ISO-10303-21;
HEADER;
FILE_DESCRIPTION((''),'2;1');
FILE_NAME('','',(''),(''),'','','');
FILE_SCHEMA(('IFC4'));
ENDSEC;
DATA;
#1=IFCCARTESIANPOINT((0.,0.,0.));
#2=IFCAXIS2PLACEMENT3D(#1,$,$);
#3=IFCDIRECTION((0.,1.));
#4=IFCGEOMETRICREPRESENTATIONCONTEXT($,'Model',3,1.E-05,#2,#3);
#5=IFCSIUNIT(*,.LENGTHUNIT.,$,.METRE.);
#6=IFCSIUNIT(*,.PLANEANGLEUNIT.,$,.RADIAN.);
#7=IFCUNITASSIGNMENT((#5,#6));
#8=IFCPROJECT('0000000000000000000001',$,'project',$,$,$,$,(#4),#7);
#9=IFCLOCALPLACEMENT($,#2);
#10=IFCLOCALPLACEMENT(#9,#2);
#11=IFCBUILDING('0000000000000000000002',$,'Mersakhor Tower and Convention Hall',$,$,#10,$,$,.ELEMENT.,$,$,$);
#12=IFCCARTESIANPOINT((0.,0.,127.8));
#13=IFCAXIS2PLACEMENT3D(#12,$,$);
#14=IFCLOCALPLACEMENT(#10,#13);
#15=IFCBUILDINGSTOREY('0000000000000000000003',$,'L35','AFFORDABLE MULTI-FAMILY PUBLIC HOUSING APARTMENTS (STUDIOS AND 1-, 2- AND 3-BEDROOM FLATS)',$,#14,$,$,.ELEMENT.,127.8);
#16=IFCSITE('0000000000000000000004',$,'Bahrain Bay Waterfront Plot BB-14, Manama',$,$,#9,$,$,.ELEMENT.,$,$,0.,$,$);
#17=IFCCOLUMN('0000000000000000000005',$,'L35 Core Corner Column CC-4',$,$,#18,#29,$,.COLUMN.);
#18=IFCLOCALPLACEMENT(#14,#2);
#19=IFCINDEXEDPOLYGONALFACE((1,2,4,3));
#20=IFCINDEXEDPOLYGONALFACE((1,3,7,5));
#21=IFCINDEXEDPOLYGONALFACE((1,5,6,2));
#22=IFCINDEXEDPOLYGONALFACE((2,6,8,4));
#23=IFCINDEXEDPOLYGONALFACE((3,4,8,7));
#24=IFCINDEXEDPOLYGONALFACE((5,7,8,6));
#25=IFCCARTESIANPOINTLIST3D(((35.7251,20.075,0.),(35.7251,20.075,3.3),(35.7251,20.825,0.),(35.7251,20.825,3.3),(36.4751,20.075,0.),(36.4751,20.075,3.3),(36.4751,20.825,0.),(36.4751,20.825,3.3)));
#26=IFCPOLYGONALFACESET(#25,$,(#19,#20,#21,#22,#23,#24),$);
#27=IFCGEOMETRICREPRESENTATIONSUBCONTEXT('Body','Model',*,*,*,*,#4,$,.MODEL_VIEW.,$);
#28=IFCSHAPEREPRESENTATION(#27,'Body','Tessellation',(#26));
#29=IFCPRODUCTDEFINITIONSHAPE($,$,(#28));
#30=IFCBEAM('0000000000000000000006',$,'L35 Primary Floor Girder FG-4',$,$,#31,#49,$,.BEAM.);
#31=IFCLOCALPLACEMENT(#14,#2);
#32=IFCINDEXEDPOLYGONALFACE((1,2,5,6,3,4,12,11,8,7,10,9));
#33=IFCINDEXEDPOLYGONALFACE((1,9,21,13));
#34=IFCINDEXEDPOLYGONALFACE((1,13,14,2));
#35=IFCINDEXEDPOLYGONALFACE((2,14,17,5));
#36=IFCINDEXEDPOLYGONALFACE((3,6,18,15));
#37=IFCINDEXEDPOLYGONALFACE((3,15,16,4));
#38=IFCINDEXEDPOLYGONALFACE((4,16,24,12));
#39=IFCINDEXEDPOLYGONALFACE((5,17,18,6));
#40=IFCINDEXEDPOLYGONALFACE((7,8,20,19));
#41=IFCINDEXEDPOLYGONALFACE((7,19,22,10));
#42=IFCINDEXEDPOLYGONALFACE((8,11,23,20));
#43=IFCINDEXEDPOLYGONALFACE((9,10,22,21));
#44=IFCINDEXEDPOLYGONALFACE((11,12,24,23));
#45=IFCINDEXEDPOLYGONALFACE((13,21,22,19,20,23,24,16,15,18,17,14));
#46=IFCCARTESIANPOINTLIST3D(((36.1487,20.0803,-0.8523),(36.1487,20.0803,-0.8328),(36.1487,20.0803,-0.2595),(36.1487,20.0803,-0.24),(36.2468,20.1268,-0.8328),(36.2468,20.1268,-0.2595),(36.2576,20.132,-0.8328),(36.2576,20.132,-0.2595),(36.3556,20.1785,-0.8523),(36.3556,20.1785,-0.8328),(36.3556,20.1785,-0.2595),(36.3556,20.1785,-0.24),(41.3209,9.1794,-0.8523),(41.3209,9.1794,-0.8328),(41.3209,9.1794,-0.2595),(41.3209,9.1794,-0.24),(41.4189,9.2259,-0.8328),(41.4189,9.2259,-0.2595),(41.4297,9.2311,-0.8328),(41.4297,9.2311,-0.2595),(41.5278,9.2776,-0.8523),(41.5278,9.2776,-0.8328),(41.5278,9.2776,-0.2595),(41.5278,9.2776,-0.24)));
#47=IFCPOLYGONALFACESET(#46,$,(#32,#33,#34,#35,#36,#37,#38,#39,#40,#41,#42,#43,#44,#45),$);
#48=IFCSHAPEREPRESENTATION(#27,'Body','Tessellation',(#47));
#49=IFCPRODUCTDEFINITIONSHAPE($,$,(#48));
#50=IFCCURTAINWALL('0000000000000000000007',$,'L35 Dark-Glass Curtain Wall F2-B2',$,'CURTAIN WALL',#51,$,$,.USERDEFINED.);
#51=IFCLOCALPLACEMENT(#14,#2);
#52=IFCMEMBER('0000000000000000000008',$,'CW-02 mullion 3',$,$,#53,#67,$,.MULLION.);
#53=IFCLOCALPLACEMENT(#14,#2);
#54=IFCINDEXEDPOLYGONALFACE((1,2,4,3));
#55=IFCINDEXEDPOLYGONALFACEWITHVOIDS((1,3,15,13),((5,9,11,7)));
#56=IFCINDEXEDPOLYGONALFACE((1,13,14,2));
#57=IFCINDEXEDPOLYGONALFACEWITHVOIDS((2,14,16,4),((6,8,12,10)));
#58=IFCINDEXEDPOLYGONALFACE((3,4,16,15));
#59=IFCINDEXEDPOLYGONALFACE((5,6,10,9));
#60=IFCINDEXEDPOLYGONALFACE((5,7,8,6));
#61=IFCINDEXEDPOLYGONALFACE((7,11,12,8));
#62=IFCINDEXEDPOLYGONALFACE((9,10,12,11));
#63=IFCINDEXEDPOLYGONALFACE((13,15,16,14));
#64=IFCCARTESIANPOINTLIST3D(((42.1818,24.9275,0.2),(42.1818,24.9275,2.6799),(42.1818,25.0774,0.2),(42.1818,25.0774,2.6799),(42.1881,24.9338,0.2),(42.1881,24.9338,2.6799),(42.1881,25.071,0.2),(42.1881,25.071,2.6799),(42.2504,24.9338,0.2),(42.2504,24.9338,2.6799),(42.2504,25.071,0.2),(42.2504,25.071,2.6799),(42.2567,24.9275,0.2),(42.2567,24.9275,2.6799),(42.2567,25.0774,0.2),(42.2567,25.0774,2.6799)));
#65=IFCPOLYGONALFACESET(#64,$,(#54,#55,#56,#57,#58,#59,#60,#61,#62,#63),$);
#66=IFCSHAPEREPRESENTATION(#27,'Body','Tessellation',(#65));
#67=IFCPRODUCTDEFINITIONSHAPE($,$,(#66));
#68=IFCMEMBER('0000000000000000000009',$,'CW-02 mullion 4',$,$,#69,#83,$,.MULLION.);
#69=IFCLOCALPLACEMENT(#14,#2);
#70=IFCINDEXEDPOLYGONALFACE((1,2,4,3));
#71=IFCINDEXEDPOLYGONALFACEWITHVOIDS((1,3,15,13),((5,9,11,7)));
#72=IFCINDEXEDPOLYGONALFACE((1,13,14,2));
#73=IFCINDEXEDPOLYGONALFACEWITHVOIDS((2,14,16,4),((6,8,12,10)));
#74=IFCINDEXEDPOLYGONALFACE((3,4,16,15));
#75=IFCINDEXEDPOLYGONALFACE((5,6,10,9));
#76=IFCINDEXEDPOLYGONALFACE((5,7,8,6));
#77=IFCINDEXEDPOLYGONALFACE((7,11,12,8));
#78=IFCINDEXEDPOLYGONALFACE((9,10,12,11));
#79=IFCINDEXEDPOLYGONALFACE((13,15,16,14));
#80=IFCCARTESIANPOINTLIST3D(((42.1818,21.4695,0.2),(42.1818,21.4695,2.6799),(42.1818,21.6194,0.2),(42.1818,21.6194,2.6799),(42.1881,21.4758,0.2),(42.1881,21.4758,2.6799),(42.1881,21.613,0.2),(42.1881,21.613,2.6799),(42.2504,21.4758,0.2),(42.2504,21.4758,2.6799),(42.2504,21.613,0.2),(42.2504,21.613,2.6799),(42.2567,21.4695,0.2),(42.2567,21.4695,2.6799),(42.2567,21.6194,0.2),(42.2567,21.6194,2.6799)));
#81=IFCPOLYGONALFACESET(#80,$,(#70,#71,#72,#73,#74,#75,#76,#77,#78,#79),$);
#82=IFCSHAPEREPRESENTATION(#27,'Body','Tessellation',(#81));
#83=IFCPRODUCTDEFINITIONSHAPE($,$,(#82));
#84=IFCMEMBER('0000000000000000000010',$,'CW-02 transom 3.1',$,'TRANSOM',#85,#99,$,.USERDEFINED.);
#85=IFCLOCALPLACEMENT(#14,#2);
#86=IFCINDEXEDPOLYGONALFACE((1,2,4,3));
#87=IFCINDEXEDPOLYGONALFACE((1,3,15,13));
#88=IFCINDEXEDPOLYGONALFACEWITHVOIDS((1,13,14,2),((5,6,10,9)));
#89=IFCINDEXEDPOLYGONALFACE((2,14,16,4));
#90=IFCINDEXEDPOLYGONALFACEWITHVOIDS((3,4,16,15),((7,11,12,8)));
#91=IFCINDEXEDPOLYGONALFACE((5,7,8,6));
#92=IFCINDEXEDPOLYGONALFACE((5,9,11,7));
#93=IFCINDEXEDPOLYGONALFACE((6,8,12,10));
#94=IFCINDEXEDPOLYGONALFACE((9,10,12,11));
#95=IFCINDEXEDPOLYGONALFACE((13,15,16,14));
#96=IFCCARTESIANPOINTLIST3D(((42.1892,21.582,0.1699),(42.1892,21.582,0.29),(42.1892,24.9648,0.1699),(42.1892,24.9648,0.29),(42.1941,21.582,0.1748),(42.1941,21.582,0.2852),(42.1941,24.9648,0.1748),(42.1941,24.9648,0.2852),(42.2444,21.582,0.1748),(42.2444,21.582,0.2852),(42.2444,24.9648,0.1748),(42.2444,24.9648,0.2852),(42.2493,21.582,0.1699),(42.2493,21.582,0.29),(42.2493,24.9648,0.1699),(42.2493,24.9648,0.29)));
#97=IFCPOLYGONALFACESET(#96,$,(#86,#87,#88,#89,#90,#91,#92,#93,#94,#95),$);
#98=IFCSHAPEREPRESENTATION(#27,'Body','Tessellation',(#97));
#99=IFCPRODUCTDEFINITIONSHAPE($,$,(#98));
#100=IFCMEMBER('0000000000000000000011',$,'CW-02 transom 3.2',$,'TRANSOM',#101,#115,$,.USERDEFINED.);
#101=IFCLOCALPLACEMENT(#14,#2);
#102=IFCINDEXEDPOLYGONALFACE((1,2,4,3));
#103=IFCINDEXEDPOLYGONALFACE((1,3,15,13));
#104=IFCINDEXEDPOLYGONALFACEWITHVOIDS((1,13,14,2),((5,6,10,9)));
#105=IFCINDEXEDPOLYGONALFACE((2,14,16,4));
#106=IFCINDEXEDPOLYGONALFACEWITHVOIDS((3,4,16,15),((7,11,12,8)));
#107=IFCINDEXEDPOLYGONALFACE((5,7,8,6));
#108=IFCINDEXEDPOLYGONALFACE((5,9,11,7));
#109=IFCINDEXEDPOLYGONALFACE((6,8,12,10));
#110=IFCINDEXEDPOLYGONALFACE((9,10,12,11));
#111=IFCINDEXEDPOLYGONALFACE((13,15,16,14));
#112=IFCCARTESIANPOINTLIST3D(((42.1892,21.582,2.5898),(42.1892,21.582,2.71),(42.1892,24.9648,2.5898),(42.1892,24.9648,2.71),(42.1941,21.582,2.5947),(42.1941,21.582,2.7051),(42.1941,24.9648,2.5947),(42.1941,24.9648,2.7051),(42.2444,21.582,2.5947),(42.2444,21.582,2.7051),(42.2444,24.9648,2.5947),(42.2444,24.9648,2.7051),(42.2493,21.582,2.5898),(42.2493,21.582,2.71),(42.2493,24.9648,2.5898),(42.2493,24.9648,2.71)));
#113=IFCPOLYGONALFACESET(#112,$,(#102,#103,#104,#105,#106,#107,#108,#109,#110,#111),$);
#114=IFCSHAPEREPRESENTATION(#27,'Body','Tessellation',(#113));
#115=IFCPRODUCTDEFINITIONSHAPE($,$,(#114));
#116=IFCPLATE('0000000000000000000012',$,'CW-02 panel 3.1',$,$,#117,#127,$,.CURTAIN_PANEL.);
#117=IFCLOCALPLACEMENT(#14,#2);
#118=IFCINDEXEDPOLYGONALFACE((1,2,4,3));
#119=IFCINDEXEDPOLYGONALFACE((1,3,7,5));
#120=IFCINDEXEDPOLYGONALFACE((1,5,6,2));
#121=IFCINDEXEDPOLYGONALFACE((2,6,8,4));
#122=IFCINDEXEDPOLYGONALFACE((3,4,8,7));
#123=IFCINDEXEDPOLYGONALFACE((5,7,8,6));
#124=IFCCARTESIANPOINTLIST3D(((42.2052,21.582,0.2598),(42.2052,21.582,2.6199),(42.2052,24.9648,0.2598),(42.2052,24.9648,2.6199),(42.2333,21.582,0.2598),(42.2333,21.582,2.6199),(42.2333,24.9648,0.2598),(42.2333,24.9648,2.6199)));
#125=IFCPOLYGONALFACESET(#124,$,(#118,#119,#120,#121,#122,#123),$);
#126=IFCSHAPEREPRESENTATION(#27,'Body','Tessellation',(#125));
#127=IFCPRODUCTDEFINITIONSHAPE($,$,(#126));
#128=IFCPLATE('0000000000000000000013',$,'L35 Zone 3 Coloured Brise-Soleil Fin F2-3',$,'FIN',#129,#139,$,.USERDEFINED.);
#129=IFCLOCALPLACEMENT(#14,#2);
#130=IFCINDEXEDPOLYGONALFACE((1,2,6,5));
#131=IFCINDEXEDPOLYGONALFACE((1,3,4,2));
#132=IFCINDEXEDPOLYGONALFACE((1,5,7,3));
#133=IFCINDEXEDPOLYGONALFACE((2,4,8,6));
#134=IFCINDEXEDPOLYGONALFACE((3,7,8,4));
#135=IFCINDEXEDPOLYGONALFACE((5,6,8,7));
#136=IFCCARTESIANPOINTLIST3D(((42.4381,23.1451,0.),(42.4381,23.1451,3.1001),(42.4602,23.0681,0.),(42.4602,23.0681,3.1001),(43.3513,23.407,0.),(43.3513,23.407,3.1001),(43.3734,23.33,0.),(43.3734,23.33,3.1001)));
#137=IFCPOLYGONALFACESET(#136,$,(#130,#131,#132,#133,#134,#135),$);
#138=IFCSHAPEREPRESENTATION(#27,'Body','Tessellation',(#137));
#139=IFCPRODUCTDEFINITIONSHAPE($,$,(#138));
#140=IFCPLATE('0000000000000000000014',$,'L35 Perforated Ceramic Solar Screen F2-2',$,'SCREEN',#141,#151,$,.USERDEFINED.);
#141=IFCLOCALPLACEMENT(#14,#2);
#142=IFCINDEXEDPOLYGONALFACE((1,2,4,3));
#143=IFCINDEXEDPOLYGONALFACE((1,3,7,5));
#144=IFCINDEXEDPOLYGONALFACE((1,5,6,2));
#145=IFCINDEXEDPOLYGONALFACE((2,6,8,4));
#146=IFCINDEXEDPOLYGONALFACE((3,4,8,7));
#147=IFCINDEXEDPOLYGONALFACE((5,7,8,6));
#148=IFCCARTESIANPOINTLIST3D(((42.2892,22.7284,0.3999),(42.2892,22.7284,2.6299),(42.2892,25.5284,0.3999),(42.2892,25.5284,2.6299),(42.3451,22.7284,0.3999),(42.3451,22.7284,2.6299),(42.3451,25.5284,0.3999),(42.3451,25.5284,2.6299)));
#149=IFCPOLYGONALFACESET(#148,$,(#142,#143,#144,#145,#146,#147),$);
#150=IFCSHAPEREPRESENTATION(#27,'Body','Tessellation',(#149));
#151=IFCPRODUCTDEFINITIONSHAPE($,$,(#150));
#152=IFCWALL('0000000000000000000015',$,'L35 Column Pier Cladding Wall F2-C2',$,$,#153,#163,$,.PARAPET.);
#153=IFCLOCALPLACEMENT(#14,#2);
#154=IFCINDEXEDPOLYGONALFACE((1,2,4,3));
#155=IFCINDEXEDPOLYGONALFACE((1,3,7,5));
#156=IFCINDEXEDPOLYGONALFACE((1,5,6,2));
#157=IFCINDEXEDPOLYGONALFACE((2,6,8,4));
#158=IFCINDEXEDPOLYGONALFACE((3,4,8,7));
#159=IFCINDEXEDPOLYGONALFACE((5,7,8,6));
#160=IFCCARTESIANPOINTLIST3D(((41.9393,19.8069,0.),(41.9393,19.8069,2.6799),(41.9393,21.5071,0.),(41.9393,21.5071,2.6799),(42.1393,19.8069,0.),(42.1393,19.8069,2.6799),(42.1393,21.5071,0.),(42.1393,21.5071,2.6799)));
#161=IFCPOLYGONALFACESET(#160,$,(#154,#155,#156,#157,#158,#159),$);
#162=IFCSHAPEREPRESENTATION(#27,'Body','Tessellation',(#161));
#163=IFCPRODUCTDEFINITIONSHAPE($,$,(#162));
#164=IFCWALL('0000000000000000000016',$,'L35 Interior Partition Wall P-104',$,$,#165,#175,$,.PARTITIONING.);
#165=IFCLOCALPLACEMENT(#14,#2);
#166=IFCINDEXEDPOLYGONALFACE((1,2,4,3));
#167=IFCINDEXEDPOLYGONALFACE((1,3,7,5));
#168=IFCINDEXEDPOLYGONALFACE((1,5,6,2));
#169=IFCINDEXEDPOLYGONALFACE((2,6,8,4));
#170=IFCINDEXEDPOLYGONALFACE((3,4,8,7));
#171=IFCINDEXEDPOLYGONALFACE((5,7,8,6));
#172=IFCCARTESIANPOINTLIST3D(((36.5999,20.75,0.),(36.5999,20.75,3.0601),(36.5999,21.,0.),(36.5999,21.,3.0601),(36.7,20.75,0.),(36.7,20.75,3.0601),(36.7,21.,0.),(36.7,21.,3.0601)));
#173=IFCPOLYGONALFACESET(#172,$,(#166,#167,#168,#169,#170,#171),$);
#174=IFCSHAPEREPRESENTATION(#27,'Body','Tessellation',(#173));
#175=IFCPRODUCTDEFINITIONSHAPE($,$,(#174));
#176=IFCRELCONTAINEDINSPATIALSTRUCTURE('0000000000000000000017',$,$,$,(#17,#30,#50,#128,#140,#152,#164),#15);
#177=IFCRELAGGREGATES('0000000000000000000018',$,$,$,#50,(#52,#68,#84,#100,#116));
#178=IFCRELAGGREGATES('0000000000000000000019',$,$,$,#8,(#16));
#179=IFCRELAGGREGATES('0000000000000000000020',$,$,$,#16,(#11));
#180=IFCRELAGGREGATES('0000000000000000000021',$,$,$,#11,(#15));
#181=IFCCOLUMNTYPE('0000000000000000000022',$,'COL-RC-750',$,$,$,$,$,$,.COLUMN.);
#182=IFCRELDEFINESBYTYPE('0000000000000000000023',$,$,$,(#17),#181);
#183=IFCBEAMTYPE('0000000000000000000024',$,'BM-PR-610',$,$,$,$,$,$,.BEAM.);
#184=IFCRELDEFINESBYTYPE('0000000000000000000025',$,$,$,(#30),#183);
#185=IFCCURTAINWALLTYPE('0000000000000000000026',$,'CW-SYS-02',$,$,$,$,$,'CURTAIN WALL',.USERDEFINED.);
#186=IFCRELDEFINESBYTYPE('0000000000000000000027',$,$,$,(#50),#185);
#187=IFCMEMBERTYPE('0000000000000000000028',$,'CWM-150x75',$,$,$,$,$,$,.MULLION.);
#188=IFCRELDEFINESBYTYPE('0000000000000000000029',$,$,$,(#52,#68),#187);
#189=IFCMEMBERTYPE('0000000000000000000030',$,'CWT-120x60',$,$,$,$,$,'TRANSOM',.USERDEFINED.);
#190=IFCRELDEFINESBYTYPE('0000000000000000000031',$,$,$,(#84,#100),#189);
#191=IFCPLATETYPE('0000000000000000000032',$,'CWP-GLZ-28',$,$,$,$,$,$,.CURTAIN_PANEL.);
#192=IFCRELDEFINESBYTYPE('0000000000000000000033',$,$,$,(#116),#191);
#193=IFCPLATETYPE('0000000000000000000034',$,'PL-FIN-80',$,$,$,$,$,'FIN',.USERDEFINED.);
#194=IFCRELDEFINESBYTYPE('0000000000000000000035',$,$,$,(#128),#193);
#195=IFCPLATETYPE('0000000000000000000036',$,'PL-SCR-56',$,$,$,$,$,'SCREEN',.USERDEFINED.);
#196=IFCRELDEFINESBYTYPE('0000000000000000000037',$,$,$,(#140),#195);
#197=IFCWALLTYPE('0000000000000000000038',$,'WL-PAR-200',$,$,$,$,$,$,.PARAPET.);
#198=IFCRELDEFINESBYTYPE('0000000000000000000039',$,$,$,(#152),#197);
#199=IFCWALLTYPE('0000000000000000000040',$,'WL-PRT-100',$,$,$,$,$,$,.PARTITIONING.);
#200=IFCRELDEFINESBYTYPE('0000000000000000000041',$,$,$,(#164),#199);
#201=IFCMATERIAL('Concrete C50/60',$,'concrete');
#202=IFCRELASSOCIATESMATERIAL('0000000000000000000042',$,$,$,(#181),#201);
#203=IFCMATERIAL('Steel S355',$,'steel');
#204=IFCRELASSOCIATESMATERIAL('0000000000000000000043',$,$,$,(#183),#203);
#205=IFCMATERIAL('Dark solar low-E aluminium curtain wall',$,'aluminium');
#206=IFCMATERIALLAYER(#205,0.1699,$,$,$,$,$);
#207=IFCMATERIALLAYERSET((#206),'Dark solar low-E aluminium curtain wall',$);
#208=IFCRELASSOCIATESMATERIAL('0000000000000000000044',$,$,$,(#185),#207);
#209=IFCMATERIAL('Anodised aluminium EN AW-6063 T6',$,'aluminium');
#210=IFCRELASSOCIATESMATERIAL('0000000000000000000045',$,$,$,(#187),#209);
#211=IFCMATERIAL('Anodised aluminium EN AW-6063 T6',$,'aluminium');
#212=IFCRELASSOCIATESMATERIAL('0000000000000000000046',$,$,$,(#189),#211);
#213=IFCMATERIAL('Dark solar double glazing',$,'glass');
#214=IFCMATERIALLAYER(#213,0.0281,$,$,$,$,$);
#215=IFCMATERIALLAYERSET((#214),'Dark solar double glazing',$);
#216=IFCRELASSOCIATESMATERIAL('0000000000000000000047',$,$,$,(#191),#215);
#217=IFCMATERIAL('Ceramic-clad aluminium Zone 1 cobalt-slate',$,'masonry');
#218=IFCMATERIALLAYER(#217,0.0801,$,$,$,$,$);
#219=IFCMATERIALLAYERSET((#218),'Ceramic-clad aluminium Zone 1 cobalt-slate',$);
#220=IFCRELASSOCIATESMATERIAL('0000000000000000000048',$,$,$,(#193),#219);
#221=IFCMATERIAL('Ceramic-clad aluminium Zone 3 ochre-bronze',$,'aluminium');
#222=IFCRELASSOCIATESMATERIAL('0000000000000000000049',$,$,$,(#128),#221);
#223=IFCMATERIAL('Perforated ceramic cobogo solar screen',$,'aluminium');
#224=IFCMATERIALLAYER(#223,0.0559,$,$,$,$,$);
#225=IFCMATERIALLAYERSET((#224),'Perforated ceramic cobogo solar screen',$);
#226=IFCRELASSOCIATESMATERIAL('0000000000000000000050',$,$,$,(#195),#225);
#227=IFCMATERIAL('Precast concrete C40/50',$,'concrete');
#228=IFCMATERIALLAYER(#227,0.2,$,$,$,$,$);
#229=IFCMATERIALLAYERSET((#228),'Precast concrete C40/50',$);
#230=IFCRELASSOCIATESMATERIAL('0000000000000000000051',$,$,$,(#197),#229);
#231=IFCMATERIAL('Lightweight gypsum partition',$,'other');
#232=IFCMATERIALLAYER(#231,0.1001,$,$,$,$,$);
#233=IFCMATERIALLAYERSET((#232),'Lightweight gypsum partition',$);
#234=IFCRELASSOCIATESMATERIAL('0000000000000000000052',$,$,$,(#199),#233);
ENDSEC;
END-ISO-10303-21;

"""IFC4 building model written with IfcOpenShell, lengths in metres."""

from ifc_helpers import new_model, si_unit, direction, frame, frame_2d, origin, origin_2d, place, context, subcontext, project, spatial, rectangle, hollow_rectangle, i_section, extrude, material, layer, layer_set, material_profile, profile_set, type_object, element, aggregate, save


model = new_model("IFC4")

# Units and contexts
model_context = context("Model", 3, precision=1e-05, world=origin(), true_north=direction((0.0, 1.0)))
body_context = subcontext(model_context, "Body", "Model", "MODEL_VIEW")
ifc_project = project(units=[si_unit("LENGTHUNIT", "METRE"), si_unit("PLANEANGLEUNIT", "RADIAN")], contexts=[model_context])

# Site, building, storey
site_placement = place(None, origin())
site = spatial("IfcSite", under=ifc_project, at=site_placement, Name="Bahrain Bay Waterfront Plot BB-14, Manama", CompositionType="ELEMENT", RefElevation=0.0)
building_placement = place(site_placement, origin())
building = spatial("IfcBuilding", under=site, at=building_placement, Name="Mersakhor Tower and Convention Hall", CompositionType="ELEMENT")
storey_placement = place(building_placement, frame((0.0, 0.0, 127.8)))
storey = spatial("IfcBuildingStorey", under=building, at=storey_placement, Name="L35", Description="AFFORDABLE MULTI-FAMILY PUBLIC HOUSING APARTMENTS (STUDIOS AND 1-, 2- AND 3-BEDROOM FLATS)", CompositionType="ELEMENT", Elevation=127.8)

# Column
ifc_material_1 = material(Name="Concrete C50/60", Category="concrete")
ifc_material_profile_1 = material_profile(ifc_material_1, rectangle(XDim=0.75, YDim=0.75, at=origin_2d()), Name="RC 750x750")
ifc_profile_set_1 = profile_set([ifc_material_profile_1], Name="Concrete C50/60")
column_type = type_object("IfcColumnType", Name="COL-RC-750", PredefinedType="COLUMN", material=ifc_profile_set_1)
column_placement = place(storey_placement, frame((36.1001, 20.45, 0.0), z_axis=(0.0, 0.0, 1.0), x_axis=(1.0, 0.0, 0.0)))
element("IfcColumn", 1, at=column_placement, inside=storey, type_object=column_type, Name="L35 Core Corner Column CC-4", PredefinedType="COLUMN", context=body_context, shape_type="SweptSolid", body=[
    extrude(rectangle(XDim=0.75, YDim=0.75, at=origin_2d()), origin(), (0.0, 0.0, 1.0), 3.3),
])

# Beam
ifc_material_2 = material(Name="Steel S355", Category="steel")
ifc_material_profile_2 = material_profile(ifc_material_2, i_section(OverallWidth=0.229, OverallDepth=0.6123, WebThickness=0.012, FlangeThickness=0.0195, at=origin_2d()), Name="UB 610x229x125")
ifc_profile_set_2 = profile_set([ifc_material_profile_2], Name="Steel S355")
beam_type = type_object("IfcBeamType", Name="BM-PR-610", PredefinedType="BEAM", material=ifc_profile_set_2)
beam_placement = place(storey_placement, frame((36.2522, 20.1294, -0.5461), z_axis=(0.428665, -0.903464, 0.0), x_axis=(0.903464, 0.428665, 0.0)))
element("IfcBeam", 2, at=beam_placement, inside=storey, type_object=beam_type, Name="L35 Primary Floor Girder FG-4", PredefinedType="BEAM", context=body_context, shape_type="SweptSolid", body=[
    extrude(i_section(OverallWidth=0.229, OverallDepth=0.6123, WebThickness=0.012, FlangeThickness=0.0195, at=origin_2d()), origin(), (0.0, 0.0, 1.0), 12.0657),
])

# Curtain wall, members, plate
ifc_material_3 = material(Name="Dark solar low-E aluminium curtain wall", Category="aluminium")
ifc_layer_1 = layer(ifc_material_3, 0.1699)
ifc_layer_set_1 = layer_set([ifc_layer_1], Name="Dark solar low-E aluminium curtain wall")
curtain_wall_type = type_object("IfcCurtainWallType", Name="CW-SYS-02", ElementType="CURTAIN WALL", PredefinedType="USERDEFINED", material=ifc_layer_set_1)
curtain_wall_placement = place(storey_placement, origin())
curtain_wall = element("IfcCurtainWall", 3, at=curtain_wall_placement, inside=storey, type_object=curtain_wall_type, Name="L35 Dark-Glass Curtain Wall F2-B2", ObjectType="CURTAIN WALL", PredefinedType="USERDEFINED")
ifc_material_4 = material(Name="Anodised aluminium EN AW-6063 T6", Category="aluminium")
ifc_material_profile_3 = material_profile(ifc_material_4, hollow_rectangle(XDim=0.075, YDim=0.1499, WallThickness=0.0063, at=origin_2d()), Name="RHS 150x75x6.3")
ifc_profile_set_3 = profile_set([ifc_material_profile_3], Name="Anodised aluminium EN AW-6063 T6")
member_type_1 = type_object("IfcMemberType", Name="CWM-150x75", PredefinedType="MULLION", material=ifc_profile_set_3)
member_1_placement = place(storey_placement, frame((42.2192, 25.0024, 0.2), z_axis=(0.0, 0.0, 1.0), x_axis=(1.0, 0.0, 0.0)))
member_1 = element("IfcMember", 4, at=member_1_placement, type_object=member_type_1, Name="CW-02 mullion 3", PredefinedType="MULLION", context=body_context, shape_type="SweptSolid", body=[
    extrude(hollow_rectangle(XDim=0.075, YDim=0.1499, WallThickness=0.0063, at=origin_2d()), origin(), (0.0, 0.0, 1.0), 2.48),
])
member_2_placement = place(storey_placement, frame((42.2192, 21.5444, 0.2), z_axis=(0.0, 0.0, 1.0), x_axis=(1.0, 0.0, 0.0)))
member_2 = element("IfcMember", 5, at=member_2_placement, type_object=member_type_1, Name="CW-02 mullion 4", PredefinedType="MULLION", context=body_context, shape_type="SweptSolid", body=[
    extrude(hollow_rectangle(XDim=0.075, YDim=0.1499, WallThickness=0.0063, at=origin_2d()), origin(), (0.0, 0.0, 1.0), 2.48),
])
ifc_material_5 = material(Name="Anodised aluminium EN AW-6063 T6", Category="aluminium")
ifc_material_profile_4 = material_profile(ifc_material_5, hollow_rectangle(XDim=0.0601, YDim=0.1201, WallThickness=0.0049, at=origin_2d()), Name="RHS 120x60x5")
ifc_profile_set_4 = profile_set([ifc_material_profile_4], Name="Anodised aluminium EN AW-6063 T6")
member_type_2 = type_object("IfcMemberType", Name="CWT-120x60", ElementType="TRANSOM", PredefinedType="USERDEFINED", material=ifc_profile_set_4)
member_3_placement = place(storey_placement, frame((42.2192, 24.9648, 0.23), z_axis=(0.0, -1.0, 0.0), x_axis=(1.0, 0.0, 0.0)))
member_3 = element("IfcMember", 6, at=member_3_placement, type_object=member_type_2, Name="CW-02 transom 3.1", ObjectType="TRANSOM", PredefinedType="USERDEFINED", context=body_context, shape_type="SweptSolid", body=[
    extrude(hollow_rectangle(XDim=0.0601, YDim=0.1201, WallThickness=0.0049, at=origin_2d()), origin(), (0.0, 0.0, 1.0), 3.3828),
])
member_4_placement = place(storey_placement, frame((42.2192, 24.9648, 2.6499), z_axis=(0.0, -1.0, 0.0), x_axis=(1.0, 0.0, 0.0)))
member_4 = element("IfcMember", 7, at=member_4_placement, type_object=member_type_2, Name="CW-02 transom 3.2", ObjectType="TRANSOM", PredefinedType="USERDEFINED", context=body_context, shape_type="SweptSolid", body=[
    extrude(hollow_rectangle(XDim=0.0601, YDim=0.1201, WallThickness=0.0049, at=origin_2d()), origin(), (0.0, 0.0, 1.0), 3.3828),
])
ifc_material_6 = material(Name="Dark solar double glazing", Category="glass")
ifc_layer_2 = layer(ifc_material_6, 0.0281)
ifc_layer_set_2 = layer_set([ifc_layer_2], Name="Dark solar double glazing")
plate_type_1 = type_object("IfcPlateType", Name="CWP-GLZ-28", PredefinedType="CURTAIN_PANEL", material=ifc_layer_set_2)
plate_1_placement = place(storey_placement, frame((42.2192, 23.2734, 0.2598), z_axis=(0.0, 0.0, 1.0), x_axis=(0.0, -1.0, 0.0)))
plate_1 = element("IfcPlate", 8, at=plate_1_placement, type_object=plate_type_1, Name="CW-02 panel 3.1", PredefinedType="CURTAIN_PANEL", context=body_context, shape_type="SweptSolid", body=[
    extrude(rectangle(XDim=3.3828, YDim=0.0281, at=origin_2d()), origin(), (0.0, 0.0, 1.0), 2.3601),
])
aggregate(curtain_wall, [member_1, member_2, member_3, member_4, plate_1])

# Plates
ifc_material_7 = material(Name="Ceramic-clad aluminium Zone 3 ochre-bronze", Category="aluminium")
ifc_material_8 = material(Name="Ceramic-clad aluminium Zone 1 cobalt-slate", Category="masonry")
ifc_layer_3 = layer(ifc_material_8, 0.0801)
ifc_layer_set_3 = layer_set([ifc_layer_3], Name="Ceramic-clad aluminium Zone 1 cobalt-slate")
plate_type_2 = type_object("IfcPlateType", Name="PL-FIN-80", ElementType="FIN", PredefinedType="USERDEFINED", material=ifc_layer_set_3)
plate_2_placement = place(storey_placement, frame((42.9058, 23.2375, 0.0), z_axis=(0.0, 0.0, 1.0), x_axis=(0.961262, 0.275637, 0.0)))
element("IfcPlate", 9, at=plate_2_placement, inside=storey, type_object=plate_type_2, material=ifc_material_7, Name="L35 Zone 3 Coloured Brise-Soleil Fin F2-3", ObjectType="FIN", PredefinedType="USERDEFINED", context=body_context, shape_type="SweptSolid", body=[
    extrude(rectangle(XDim=0.95, YDim=0.0801, at=origin_2d()), origin(), (0.0, 0.0, 1.0), 3.1001),
])
ifc_material_9 = material(Name="Perforated ceramic cobogo solar screen", Category="aluminium")
ifc_layer_4 = layer(ifc_material_9, 0.0559)
ifc_layer_set_4 = layer_set([ifc_layer_4], Name="Perforated ceramic cobogo solar screen")
plate_type_3 = type_object("IfcPlateType", Name="PL-SCR-56", ElementType="SCREEN", PredefinedType="USERDEFINED", material=ifc_layer_set_4)
plate_3_placement = place(storey_placement, frame((42.3171, 24.1284, 0.3999), z_axis=(0.0, 0.0, 1.0), x_axis=(0.0, -1.0, 0.0)))
element("IfcPlate", 10, at=plate_3_placement, inside=storey, type_object=plate_type_3, Name="L35 Perforated Ceramic Solar Screen F2-2", ObjectType="SCREEN", PredefinedType="USERDEFINED", context=body_context, shape_type="SweptSolid", body=[
    extrude(rectangle(XDim=2.8, YDim=0.0559, at=origin_2d()), origin(), (0.0, 0.0, 1.0), 2.23),
])

# Walls
ifc_material_10 = material(Name="Precast concrete C40/50", Category="concrete")
ifc_layer_5 = layer(ifc_material_10, 0.2)
ifc_layer_set_5 = layer_set([ifc_layer_5], Name="Precast concrete C40/50")
wall_type_1 = type_object("IfcWallType", Name="WL-PAR-200", PredefinedType="PARAPET", material=ifc_layer_set_5)
wall_1_placement = place(storey_placement, frame((42.0393, 21.5071, 0.0), z_axis=(0.0, 0.0, 1.0), x_axis=(0.0, -1.0, 0.0)))
element("IfcWall", 11, at=wall_1_placement, inside=storey, type_object=wall_type_1, Name="L35 Column Pier Cladding Wall F2-C2", PredefinedType="PARAPET", context=body_context, shape_type="SweptSolid", body=[
    extrude(rectangle(XDim=1.7002, YDim=0.2, at=frame_2d((0.8501, 0.0))), origin(), (0.0, 0.0, 1.0), 2.6799),
])
ifc_material_11 = material(Name="Lightweight gypsum partition", Category="other")
ifc_layer_6 = layer(ifc_material_11, 0.1001)
ifc_layer_set_6 = layer_set([ifc_layer_6], Name="Lightweight gypsum partition")
wall_type_2 = type_object("IfcWallType", Name="WL-PRT-100", PredefinedType="PARTITIONING", material=ifc_layer_set_6)
wall_2_placement = place(storey_placement, frame((36.6499, 20.75, 0.0), z_axis=(0.0, 0.0, 1.0), x_axis=(0.0, 1.0, 0.0)))
element("IfcWall", 12, at=wall_2_placement, inside=storey, type_object=wall_type_2, Name="L35 Interior Partition Wall P-104", PredefinedType="PARTITIONING", context=body_context, shape_type="SweptSolid", body=[
    extrude(rectangle(XDim=0.25, YDim=0.1001, at=frame_2d((0.125, 0.0))), origin(), (0.0, 0.0, 1.0), 3.0601),
])

save(model, "model.ifc")
